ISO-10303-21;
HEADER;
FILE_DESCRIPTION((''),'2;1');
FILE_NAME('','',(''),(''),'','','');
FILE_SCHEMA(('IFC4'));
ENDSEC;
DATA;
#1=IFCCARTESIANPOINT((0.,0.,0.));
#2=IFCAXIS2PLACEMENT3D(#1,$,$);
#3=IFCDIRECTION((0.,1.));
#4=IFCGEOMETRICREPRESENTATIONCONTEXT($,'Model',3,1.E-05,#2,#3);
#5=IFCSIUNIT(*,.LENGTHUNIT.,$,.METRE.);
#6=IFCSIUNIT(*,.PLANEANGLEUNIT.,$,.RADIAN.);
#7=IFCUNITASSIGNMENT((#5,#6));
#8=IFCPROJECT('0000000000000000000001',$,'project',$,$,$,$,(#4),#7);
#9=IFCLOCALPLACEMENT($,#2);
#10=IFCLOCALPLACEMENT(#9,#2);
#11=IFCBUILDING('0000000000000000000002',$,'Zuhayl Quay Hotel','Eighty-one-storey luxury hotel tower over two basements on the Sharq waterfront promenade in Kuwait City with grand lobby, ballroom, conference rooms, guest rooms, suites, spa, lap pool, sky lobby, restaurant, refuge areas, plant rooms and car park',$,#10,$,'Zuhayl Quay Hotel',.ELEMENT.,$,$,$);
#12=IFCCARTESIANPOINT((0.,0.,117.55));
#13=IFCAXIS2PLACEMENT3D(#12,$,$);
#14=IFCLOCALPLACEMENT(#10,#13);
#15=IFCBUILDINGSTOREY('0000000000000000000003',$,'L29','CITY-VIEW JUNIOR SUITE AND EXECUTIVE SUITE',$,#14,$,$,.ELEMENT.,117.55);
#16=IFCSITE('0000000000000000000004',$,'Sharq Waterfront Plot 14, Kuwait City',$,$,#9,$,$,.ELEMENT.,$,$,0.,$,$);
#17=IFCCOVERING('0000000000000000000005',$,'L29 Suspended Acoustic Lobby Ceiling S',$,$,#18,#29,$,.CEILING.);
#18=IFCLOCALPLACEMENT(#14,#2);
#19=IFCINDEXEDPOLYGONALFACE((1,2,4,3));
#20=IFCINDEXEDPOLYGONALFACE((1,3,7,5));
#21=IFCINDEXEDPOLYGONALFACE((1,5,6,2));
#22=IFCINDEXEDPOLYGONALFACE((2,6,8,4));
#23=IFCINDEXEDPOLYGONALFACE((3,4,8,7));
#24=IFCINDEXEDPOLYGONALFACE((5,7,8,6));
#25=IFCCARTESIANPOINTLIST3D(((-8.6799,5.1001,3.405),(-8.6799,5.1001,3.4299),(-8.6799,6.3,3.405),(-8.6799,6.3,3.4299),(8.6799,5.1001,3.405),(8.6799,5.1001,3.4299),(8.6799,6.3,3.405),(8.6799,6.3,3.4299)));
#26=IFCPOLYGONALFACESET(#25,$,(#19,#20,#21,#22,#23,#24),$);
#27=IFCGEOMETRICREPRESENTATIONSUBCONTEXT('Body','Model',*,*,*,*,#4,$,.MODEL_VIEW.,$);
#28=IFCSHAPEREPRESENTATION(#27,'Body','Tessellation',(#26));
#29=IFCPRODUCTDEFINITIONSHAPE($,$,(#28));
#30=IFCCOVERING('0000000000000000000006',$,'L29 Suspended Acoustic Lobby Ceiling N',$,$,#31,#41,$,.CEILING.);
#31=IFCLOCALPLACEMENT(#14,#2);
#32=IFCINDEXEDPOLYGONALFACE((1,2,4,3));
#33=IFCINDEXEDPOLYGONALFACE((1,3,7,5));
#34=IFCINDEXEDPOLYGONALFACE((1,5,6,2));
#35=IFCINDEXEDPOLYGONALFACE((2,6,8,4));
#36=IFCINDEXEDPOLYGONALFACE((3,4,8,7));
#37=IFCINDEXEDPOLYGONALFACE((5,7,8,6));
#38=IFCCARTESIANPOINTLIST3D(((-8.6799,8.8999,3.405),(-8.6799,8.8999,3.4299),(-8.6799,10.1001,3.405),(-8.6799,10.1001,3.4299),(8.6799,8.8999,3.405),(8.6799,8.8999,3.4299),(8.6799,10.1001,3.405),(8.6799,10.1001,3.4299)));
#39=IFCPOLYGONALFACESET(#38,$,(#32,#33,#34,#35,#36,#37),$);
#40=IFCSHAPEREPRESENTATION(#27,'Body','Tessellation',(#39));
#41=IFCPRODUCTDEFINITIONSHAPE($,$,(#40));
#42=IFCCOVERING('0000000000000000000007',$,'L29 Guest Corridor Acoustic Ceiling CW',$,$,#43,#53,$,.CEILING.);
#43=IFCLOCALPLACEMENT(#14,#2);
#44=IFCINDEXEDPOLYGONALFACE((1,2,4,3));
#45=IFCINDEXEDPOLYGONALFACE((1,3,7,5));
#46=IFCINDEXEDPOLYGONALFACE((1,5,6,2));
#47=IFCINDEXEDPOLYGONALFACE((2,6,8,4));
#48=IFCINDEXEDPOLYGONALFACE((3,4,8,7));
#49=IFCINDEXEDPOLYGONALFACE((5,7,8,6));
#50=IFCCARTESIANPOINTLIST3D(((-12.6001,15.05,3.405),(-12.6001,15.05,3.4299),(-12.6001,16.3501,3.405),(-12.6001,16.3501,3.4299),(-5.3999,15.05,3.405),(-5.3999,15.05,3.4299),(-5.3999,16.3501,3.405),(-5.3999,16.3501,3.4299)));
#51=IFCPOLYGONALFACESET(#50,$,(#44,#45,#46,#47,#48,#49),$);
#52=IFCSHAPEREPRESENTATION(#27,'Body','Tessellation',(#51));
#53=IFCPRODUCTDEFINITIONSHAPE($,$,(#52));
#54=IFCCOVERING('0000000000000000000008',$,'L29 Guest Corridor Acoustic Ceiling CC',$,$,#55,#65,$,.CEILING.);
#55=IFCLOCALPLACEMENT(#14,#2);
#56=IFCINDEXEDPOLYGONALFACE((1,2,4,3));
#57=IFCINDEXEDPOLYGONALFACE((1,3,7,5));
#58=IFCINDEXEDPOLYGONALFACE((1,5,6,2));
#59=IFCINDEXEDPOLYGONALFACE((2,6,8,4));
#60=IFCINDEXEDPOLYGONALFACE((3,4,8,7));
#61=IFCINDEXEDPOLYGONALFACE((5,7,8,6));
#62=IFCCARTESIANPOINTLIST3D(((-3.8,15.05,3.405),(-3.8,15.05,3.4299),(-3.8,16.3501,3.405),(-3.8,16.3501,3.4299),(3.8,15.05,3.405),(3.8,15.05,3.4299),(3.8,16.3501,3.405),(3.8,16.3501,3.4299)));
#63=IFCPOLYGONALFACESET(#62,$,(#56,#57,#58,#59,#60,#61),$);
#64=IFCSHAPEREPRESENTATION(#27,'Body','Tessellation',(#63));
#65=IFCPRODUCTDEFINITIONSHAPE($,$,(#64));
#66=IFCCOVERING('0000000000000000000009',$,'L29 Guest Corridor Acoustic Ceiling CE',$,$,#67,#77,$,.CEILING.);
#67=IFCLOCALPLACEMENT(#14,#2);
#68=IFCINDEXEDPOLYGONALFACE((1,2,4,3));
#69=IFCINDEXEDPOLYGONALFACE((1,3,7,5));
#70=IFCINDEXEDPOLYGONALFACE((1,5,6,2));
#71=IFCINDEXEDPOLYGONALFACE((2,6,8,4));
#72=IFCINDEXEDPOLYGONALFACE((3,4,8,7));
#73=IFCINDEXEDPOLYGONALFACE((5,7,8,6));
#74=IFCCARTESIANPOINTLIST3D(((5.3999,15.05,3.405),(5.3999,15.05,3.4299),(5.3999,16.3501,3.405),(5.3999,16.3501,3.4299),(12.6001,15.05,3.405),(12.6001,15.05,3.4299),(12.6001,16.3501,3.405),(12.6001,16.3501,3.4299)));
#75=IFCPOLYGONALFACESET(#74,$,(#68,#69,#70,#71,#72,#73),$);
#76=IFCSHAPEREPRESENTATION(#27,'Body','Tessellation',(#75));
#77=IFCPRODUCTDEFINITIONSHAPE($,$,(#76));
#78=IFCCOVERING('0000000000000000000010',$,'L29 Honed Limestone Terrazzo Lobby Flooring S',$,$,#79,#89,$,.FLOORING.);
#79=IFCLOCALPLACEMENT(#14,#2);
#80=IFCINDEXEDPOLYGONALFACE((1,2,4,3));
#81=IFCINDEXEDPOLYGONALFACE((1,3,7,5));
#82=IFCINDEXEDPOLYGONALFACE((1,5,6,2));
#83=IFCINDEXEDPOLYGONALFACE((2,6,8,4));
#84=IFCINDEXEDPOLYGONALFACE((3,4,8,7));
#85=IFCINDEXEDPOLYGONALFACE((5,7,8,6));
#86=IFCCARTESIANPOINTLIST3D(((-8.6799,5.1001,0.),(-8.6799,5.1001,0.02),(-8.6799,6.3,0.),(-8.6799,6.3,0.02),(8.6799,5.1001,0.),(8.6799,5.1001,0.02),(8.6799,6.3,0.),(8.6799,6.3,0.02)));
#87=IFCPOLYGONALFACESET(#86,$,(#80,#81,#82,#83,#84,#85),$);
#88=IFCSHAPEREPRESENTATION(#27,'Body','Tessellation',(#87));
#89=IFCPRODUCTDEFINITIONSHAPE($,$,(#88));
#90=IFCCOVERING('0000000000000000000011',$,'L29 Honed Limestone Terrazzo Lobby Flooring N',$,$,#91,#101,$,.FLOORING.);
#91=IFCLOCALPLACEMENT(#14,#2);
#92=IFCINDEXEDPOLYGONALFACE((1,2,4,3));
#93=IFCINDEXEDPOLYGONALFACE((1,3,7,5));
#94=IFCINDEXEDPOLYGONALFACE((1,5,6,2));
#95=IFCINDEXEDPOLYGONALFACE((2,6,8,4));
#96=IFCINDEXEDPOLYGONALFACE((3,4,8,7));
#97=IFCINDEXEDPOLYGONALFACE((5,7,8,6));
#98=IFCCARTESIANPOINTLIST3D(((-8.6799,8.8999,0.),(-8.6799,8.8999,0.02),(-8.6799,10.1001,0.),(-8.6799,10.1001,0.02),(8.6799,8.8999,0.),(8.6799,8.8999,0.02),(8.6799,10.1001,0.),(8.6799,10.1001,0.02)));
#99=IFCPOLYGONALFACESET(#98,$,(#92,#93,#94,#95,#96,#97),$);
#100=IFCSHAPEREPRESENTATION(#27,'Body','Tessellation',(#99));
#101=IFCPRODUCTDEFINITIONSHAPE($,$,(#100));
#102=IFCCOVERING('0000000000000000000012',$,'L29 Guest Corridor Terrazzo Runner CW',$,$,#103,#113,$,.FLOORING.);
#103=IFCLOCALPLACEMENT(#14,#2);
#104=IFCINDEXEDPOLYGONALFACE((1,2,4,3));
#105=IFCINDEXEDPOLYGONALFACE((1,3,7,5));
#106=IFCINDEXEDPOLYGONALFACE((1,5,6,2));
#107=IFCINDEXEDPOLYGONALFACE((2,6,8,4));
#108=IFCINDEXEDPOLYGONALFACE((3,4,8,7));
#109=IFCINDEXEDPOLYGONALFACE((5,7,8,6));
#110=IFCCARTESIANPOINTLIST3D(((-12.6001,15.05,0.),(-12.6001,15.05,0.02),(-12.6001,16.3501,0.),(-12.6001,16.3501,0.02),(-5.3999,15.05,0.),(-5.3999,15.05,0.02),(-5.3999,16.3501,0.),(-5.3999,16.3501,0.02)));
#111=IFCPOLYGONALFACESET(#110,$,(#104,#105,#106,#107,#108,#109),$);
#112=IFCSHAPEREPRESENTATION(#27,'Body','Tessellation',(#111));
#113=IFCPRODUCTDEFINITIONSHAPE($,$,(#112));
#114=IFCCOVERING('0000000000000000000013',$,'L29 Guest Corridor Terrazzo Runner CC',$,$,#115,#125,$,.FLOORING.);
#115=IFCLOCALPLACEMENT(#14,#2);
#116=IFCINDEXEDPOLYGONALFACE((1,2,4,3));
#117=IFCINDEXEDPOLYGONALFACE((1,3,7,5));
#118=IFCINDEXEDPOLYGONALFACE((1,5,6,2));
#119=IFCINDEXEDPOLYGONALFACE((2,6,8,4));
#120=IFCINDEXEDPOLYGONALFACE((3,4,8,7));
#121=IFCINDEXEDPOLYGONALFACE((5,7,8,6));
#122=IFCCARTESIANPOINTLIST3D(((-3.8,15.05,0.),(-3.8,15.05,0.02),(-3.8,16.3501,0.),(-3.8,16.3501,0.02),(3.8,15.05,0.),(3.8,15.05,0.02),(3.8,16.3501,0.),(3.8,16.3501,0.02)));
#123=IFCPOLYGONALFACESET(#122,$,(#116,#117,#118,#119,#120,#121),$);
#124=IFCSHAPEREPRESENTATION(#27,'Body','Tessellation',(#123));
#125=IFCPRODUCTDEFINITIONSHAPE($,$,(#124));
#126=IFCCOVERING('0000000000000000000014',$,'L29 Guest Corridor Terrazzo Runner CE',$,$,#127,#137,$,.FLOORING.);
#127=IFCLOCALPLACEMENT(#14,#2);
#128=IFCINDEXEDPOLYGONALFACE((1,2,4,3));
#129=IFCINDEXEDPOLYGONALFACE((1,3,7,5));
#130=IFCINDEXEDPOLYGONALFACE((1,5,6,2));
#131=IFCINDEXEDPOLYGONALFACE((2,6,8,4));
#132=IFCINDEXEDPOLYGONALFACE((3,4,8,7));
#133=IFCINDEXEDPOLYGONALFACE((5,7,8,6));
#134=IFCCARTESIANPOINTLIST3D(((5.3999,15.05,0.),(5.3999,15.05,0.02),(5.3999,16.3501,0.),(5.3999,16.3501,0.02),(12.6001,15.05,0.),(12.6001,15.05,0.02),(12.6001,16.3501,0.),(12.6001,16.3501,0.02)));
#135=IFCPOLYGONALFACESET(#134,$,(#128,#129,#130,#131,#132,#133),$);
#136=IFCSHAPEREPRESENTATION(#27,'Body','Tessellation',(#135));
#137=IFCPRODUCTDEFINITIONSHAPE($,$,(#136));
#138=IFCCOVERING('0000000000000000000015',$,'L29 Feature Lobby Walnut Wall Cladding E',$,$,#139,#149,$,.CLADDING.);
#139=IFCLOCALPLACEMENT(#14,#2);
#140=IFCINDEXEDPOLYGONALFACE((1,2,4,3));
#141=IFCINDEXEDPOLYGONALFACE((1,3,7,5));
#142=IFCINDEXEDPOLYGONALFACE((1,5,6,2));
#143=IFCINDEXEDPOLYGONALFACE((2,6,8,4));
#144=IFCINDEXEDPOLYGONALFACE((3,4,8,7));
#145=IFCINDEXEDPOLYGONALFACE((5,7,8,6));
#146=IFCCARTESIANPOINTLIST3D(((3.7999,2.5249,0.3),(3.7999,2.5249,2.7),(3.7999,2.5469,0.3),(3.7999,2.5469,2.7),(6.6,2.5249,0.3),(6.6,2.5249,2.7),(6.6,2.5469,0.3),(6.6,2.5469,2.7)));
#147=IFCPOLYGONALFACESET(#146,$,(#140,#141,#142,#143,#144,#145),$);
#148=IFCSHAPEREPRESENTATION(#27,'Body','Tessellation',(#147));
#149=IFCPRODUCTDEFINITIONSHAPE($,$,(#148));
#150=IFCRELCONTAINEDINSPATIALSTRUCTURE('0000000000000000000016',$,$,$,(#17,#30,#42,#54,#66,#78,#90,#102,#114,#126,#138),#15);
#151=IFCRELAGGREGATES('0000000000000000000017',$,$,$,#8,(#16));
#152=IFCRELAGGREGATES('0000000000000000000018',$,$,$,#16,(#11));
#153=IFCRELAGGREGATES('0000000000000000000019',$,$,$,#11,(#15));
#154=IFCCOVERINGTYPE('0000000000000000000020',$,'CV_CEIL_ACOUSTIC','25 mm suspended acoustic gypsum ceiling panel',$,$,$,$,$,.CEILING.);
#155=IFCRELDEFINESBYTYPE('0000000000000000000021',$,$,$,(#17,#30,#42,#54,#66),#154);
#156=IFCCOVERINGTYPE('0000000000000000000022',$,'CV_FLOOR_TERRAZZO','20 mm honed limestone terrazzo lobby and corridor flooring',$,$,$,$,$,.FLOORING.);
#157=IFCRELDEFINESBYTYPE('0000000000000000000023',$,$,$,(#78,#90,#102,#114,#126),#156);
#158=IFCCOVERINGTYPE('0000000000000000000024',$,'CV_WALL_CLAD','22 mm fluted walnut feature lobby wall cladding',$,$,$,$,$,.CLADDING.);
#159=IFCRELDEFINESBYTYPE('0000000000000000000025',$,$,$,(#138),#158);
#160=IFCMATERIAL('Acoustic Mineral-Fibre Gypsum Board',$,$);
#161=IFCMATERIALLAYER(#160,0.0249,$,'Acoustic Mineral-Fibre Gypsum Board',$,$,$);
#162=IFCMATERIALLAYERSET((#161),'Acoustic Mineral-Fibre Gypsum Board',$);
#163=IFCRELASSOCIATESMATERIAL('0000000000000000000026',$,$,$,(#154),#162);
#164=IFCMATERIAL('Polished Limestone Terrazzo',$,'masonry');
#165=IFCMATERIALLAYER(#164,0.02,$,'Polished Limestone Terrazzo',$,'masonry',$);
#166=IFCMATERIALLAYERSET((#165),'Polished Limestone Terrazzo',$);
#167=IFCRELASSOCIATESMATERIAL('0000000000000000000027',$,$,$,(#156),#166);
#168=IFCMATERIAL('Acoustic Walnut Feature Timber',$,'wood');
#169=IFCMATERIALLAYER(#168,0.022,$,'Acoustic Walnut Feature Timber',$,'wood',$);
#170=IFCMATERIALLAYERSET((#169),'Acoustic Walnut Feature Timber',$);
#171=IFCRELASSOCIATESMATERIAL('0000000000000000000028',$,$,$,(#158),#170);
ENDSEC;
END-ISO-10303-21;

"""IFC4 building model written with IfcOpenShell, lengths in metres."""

from ifc_helpers import new_model, si_unit, direction, frame, origin, origin_2d, place, context, subcontext, project, spatial, polyline, rectangle, outline, extrude, material, layer, layer_set, type_object, element, save


model = new_model("IFC4")

# Units and contexts
model_context = context("Model", 3, precision=1e-05, world=origin(), true_north=direction((0.0, 1.0)))
body_context = subcontext(model_context, "Body", "Model", "MODEL_VIEW")
ifc_project = project(units=[si_unit("LENGTHUNIT", "METRE"), si_unit("PLANEANGLEUNIT", "RADIAN")], contexts=[model_context])

# Site, building, storey
site_placement = place(None, origin())
site = spatial("IfcSite", under=ifc_project, at=site_placement, Name="Sharq Waterfront Plot 14, Kuwait City", CompositionType="ELEMENT", RefElevation=0.0)
building_placement = place(site_placement, origin())
building = spatial("IfcBuilding", under=site, at=building_placement, Name="Zuhayl Quay Hotel", Description="Eighty-one-storey luxury hotel tower over two basements on the Sharq waterfront promenade in Kuwait City with grand lobby, ballroom, conference rooms, guest rooms, suites, spa, lap pool, sky lobby, restaurant, refuge areas, plant rooms and car park", LongName="Zuhayl Quay Hotel", CompositionType="ELEMENT")
storey_placement = place(building_placement, frame((0.0, 0.0, 117.55)))
storey = spatial("IfcBuildingStorey", under=building, at=storey_placement, Name="L29", Description="CITY-VIEW JUNIOR SUITE AND EXECUTIVE SUITE", CompositionType="ELEMENT", Elevation=117.55)

# Coverings
ifc_material_1 = material(Name="Acoustic Mineral-Fibre Gypsum Board")
ifc_layer_1 = layer(ifc_material_1, 0.0249, Name="Acoustic Mineral-Fibre Gypsum Board")
ifc_layer_set_1 = layer_set([ifc_layer_1], Name="Acoustic Mineral-Fibre Gypsum Board")
covering_type_1 = type_object("IfcCoveringType", Name="CV_CEIL_ACOUSTIC", Description="25 mm suspended acoustic gypsum ceiling panel", PredefinedType="CEILING", material=ifc_layer_set_1)
covering_1_placement = place(storey_placement, frame((0.0, 0.0, 3.405)))
element("IfcCovering", 1, at=covering_1_placement, inside=storey, type_object=covering_type_1, Name="L29 Suspended Acoustic Lobby Ceiling S", PredefinedType="CEILING", context=body_context, shape_type="SweptSolid", body=[
    extrude(outline(polyline([(-8.6799, 5.1001), (8.6799, 5.1001), (8.6799, 6.3), (-8.6799, 6.3), (-8.6799, 5.1001)])), origin(), (0.0, 0.0, 1.0), 0.0249),
])
covering_2_placement = place(storey_placement, frame((0.0, 0.0, 3.405)))
element("IfcCovering", 2, at=covering_2_placement, inside=storey, type_object=covering_type_1, Name="L29 Suspended Acoustic Lobby Ceiling N", PredefinedType="CEILING", context=body_context, shape_type="SweptSolid", body=[
    extrude(outline(polyline([(-8.6799, 8.8999), (8.6799, 8.8999), (8.6799, 10.1001), (-8.6799, 10.1001), (-8.6799, 8.8999)])), origin(), (0.0, 0.0, 1.0), 0.0249),
])
covering_3_placement = place(storey_placement, frame((0.0, 0.0, 3.405)))
element("IfcCovering", 3, at=covering_3_placement, inside=storey, type_object=covering_type_1, Name="L29 Guest Corridor Acoustic Ceiling CW", PredefinedType="CEILING", context=body_context, shape_type="SweptSolid", body=[
    extrude(outline(polyline([(-12.6001, 15.05), (-5.3999, 15.05), (-5.3999, 16.3501), (-12.6001, 16.3501), (-12.6001, 15.05)])), origin(), (0.0, 0.0, 1.0), 0.0249),
])
covering_4_placement = place(storey_placement, frame((0.0, 0.0, 3.405)))
element("IfcCovering", 4, at=covering_4_placement, inside=storey, type_object=covering_type_1, Name="L29 Guest Corridor Acoustic Ceiling CC", PredefinedType="CEILING", context=body_context, shape_type="SweptSolid", body=[
    extrude(outline(polyline([(-3.8, 15.05), (3.8, 15.05), (3.8, 16.3501), (-3.8, 16.3501), (-3.8, 15.05)])), origin(), (0.0, 0.0, 1.0), 0.0249),
])
covering_5_placement = place(storey_placement, frame((0.0, 0.0, 3.405)))
element("IfcCovering", 5, at=covering_5_placement, inside=storey, type_object=covering_type_1, Name="L29 Guest Corridor Acoustic Ceiling CE", PredefinedType="CEILING", context=body_context, shape_type="SweptSolid", body=[
    extrude(outline(polyline([(5.3999, 15.05), (12.6001, 15.05), (12.6001, 16.3501), (5.3999, 16.3501), (5.3999, 15.05)])), origin(), (0.0, 0.0, 1.0), 0.0249),
])
ifc_material_2 = material(Name="Polished Limestone Terrazzo", Category="masonry")
ifc_layer_2 = layer(ifc_material_2, 0.02, Name="Polished Limestone Terrazzo", Category="masonry")
ifc_layer_set_2 = layer_set([ifc_layer_2], Name="Polished Limestone Terrazzo")
covering_type_2 = type_object("IfcCoveringType", Name="CV_FLOOR_TERRAZZO", Description="20 mm honed limestone terrazzo lobby and corridor flooring", PredefinedType="FLOORING", material=ifc_layer_set_2)
covering_6_placement = place(storey_placement, origin())
element("IfcCovering", 6, at=covering_6_placement, inside=storey, type_object=covering_type_2, Name="L29 Honed Limestone Terrazzo Lobby Flooring S", PredefinedType="FLOORING", context=body_context, shape_type="SweptSolid", body=[
    extrude(outline(polyline([(-8.6799, 5.1001), (8.6799, 5.1001), (8.6799, 6.3), (-8.6799, 6.3), (-8.6799, 5.1001)])), origin(), (0.0, 0.0, 1.0), 0.02),
])
covering_7_placement = place(storey_placement, origin())
element("IfcCovering", 7, at=covering_7_placement, inside=storey, type_object=covering_type_2, Name="L29 Honed Limestone Terrazzo Lobby Flooring N", PredefinedType="FLOORING", context=body_context, shape_type="SweptSolid", body=[
    extrude(outline(polyline([(-8.6799, 8.8999), (8.6799, 8.8999), (8.6799, 10.1001), (-8.6799, 10.1001), (-8.6799, 8.8999)])), origin(), (0.0, 0.0, 1.0), 0.02),
])
covering_8_placement = place(storey_placement, origin())
element("IfcCovering", 8, at=covering_8_placement, inside=storey, type_object=covering_type_2, Name="L29 Guest Corridor Terrazzo Runner CW", PredefinedType="FLOORING", context=body_context, shape_type="SweptSolid", body=[
    extrude(outline(polyline([(-12.6001, 15.05), (-5.3999, 15.05), (-5.3999, 16.3501), (-12.6001, 16.3501), (-12.6001, 15.05)])), origin(), (0.0, 0.0, 1.0), 0.02),
])
covering_9_placement = place(storey_placement, origin())
element("IfcCovering", 9, at=covering_9_placement, inside=storey, type_object=covering_type_2, Name="L29 Guest Corridor Terrazzo Runner CC", PredefinedType="FLOORING", context=body_context, shape_type="SweptSolid", body=[
    extrude(outline(polyline([(-3.8, 15.05), (3.8, 15.05), (3.8, 16.3501), (-3.8, 16.3501), (-3.8, 15.05)])), origin(), (0.0, 0.0, 1.0), 0.02),
])
covering_10_placement = place(storey_placement, origin())
element("IfcCovering", 10, at=covering_10_placement, inside=storey, type_object=covering_type_2, Name="L29 Guest Corridor Terrazzo Runner CE", PredefinedType="FLOORING", context=body_context, shape_type="SweptSolid", body=[
    extrude(outline(polyline([(5.3999, 15.05), (12.6001, 15.05), (12.6001, 16.3501), (5.3999, 16.3501), (5.3999, 15.05)])), origin(), (0.0, 0.0, 1.0), 0.02),
])
ifc_material_3 = material(Name="Acoustic Walnut Feature Timber", Category="wood")
ifc_layer_3 = layer(ifc_material_3, 0.022, Name="Acoustic Walnut Feature Timber", Category="wood")
ifc_layer_set_3 = layer_set([ifc_layer_3], Name="Acoustic Walnut Feature Timber")
covering_type_3 = type_object("IfcCoveringType", Name="CV_WALL_CLAD", Description="22 mm fluted walnut feature lobby wall cladding", PredefinedType="CLADDING", material=ifc_layer_set_3)
covering_11_placement = place(storey_placement, frame((5.2, 2.5359, 0.3), z_axis=(0.0, 0.0, 1.0), x_axis=(1.0, 0.0, 0.0)))
element("IfcCovering", 11, at=covering_11_placement, inside=storey, type_object=covering_type_3, Name="L29 Feature Lobby Walnut Wall Cladding E", PredefinedType="CLADDING", context=body_context, shape_type="SweptSolid", body=[
    extrude(rectangle(XDim=2.8, YDim=0.022, at=origin_2d()), origin(), (0.0, 0.0, 1.0), 2.3999),
])

save(model, "model.ifc")
